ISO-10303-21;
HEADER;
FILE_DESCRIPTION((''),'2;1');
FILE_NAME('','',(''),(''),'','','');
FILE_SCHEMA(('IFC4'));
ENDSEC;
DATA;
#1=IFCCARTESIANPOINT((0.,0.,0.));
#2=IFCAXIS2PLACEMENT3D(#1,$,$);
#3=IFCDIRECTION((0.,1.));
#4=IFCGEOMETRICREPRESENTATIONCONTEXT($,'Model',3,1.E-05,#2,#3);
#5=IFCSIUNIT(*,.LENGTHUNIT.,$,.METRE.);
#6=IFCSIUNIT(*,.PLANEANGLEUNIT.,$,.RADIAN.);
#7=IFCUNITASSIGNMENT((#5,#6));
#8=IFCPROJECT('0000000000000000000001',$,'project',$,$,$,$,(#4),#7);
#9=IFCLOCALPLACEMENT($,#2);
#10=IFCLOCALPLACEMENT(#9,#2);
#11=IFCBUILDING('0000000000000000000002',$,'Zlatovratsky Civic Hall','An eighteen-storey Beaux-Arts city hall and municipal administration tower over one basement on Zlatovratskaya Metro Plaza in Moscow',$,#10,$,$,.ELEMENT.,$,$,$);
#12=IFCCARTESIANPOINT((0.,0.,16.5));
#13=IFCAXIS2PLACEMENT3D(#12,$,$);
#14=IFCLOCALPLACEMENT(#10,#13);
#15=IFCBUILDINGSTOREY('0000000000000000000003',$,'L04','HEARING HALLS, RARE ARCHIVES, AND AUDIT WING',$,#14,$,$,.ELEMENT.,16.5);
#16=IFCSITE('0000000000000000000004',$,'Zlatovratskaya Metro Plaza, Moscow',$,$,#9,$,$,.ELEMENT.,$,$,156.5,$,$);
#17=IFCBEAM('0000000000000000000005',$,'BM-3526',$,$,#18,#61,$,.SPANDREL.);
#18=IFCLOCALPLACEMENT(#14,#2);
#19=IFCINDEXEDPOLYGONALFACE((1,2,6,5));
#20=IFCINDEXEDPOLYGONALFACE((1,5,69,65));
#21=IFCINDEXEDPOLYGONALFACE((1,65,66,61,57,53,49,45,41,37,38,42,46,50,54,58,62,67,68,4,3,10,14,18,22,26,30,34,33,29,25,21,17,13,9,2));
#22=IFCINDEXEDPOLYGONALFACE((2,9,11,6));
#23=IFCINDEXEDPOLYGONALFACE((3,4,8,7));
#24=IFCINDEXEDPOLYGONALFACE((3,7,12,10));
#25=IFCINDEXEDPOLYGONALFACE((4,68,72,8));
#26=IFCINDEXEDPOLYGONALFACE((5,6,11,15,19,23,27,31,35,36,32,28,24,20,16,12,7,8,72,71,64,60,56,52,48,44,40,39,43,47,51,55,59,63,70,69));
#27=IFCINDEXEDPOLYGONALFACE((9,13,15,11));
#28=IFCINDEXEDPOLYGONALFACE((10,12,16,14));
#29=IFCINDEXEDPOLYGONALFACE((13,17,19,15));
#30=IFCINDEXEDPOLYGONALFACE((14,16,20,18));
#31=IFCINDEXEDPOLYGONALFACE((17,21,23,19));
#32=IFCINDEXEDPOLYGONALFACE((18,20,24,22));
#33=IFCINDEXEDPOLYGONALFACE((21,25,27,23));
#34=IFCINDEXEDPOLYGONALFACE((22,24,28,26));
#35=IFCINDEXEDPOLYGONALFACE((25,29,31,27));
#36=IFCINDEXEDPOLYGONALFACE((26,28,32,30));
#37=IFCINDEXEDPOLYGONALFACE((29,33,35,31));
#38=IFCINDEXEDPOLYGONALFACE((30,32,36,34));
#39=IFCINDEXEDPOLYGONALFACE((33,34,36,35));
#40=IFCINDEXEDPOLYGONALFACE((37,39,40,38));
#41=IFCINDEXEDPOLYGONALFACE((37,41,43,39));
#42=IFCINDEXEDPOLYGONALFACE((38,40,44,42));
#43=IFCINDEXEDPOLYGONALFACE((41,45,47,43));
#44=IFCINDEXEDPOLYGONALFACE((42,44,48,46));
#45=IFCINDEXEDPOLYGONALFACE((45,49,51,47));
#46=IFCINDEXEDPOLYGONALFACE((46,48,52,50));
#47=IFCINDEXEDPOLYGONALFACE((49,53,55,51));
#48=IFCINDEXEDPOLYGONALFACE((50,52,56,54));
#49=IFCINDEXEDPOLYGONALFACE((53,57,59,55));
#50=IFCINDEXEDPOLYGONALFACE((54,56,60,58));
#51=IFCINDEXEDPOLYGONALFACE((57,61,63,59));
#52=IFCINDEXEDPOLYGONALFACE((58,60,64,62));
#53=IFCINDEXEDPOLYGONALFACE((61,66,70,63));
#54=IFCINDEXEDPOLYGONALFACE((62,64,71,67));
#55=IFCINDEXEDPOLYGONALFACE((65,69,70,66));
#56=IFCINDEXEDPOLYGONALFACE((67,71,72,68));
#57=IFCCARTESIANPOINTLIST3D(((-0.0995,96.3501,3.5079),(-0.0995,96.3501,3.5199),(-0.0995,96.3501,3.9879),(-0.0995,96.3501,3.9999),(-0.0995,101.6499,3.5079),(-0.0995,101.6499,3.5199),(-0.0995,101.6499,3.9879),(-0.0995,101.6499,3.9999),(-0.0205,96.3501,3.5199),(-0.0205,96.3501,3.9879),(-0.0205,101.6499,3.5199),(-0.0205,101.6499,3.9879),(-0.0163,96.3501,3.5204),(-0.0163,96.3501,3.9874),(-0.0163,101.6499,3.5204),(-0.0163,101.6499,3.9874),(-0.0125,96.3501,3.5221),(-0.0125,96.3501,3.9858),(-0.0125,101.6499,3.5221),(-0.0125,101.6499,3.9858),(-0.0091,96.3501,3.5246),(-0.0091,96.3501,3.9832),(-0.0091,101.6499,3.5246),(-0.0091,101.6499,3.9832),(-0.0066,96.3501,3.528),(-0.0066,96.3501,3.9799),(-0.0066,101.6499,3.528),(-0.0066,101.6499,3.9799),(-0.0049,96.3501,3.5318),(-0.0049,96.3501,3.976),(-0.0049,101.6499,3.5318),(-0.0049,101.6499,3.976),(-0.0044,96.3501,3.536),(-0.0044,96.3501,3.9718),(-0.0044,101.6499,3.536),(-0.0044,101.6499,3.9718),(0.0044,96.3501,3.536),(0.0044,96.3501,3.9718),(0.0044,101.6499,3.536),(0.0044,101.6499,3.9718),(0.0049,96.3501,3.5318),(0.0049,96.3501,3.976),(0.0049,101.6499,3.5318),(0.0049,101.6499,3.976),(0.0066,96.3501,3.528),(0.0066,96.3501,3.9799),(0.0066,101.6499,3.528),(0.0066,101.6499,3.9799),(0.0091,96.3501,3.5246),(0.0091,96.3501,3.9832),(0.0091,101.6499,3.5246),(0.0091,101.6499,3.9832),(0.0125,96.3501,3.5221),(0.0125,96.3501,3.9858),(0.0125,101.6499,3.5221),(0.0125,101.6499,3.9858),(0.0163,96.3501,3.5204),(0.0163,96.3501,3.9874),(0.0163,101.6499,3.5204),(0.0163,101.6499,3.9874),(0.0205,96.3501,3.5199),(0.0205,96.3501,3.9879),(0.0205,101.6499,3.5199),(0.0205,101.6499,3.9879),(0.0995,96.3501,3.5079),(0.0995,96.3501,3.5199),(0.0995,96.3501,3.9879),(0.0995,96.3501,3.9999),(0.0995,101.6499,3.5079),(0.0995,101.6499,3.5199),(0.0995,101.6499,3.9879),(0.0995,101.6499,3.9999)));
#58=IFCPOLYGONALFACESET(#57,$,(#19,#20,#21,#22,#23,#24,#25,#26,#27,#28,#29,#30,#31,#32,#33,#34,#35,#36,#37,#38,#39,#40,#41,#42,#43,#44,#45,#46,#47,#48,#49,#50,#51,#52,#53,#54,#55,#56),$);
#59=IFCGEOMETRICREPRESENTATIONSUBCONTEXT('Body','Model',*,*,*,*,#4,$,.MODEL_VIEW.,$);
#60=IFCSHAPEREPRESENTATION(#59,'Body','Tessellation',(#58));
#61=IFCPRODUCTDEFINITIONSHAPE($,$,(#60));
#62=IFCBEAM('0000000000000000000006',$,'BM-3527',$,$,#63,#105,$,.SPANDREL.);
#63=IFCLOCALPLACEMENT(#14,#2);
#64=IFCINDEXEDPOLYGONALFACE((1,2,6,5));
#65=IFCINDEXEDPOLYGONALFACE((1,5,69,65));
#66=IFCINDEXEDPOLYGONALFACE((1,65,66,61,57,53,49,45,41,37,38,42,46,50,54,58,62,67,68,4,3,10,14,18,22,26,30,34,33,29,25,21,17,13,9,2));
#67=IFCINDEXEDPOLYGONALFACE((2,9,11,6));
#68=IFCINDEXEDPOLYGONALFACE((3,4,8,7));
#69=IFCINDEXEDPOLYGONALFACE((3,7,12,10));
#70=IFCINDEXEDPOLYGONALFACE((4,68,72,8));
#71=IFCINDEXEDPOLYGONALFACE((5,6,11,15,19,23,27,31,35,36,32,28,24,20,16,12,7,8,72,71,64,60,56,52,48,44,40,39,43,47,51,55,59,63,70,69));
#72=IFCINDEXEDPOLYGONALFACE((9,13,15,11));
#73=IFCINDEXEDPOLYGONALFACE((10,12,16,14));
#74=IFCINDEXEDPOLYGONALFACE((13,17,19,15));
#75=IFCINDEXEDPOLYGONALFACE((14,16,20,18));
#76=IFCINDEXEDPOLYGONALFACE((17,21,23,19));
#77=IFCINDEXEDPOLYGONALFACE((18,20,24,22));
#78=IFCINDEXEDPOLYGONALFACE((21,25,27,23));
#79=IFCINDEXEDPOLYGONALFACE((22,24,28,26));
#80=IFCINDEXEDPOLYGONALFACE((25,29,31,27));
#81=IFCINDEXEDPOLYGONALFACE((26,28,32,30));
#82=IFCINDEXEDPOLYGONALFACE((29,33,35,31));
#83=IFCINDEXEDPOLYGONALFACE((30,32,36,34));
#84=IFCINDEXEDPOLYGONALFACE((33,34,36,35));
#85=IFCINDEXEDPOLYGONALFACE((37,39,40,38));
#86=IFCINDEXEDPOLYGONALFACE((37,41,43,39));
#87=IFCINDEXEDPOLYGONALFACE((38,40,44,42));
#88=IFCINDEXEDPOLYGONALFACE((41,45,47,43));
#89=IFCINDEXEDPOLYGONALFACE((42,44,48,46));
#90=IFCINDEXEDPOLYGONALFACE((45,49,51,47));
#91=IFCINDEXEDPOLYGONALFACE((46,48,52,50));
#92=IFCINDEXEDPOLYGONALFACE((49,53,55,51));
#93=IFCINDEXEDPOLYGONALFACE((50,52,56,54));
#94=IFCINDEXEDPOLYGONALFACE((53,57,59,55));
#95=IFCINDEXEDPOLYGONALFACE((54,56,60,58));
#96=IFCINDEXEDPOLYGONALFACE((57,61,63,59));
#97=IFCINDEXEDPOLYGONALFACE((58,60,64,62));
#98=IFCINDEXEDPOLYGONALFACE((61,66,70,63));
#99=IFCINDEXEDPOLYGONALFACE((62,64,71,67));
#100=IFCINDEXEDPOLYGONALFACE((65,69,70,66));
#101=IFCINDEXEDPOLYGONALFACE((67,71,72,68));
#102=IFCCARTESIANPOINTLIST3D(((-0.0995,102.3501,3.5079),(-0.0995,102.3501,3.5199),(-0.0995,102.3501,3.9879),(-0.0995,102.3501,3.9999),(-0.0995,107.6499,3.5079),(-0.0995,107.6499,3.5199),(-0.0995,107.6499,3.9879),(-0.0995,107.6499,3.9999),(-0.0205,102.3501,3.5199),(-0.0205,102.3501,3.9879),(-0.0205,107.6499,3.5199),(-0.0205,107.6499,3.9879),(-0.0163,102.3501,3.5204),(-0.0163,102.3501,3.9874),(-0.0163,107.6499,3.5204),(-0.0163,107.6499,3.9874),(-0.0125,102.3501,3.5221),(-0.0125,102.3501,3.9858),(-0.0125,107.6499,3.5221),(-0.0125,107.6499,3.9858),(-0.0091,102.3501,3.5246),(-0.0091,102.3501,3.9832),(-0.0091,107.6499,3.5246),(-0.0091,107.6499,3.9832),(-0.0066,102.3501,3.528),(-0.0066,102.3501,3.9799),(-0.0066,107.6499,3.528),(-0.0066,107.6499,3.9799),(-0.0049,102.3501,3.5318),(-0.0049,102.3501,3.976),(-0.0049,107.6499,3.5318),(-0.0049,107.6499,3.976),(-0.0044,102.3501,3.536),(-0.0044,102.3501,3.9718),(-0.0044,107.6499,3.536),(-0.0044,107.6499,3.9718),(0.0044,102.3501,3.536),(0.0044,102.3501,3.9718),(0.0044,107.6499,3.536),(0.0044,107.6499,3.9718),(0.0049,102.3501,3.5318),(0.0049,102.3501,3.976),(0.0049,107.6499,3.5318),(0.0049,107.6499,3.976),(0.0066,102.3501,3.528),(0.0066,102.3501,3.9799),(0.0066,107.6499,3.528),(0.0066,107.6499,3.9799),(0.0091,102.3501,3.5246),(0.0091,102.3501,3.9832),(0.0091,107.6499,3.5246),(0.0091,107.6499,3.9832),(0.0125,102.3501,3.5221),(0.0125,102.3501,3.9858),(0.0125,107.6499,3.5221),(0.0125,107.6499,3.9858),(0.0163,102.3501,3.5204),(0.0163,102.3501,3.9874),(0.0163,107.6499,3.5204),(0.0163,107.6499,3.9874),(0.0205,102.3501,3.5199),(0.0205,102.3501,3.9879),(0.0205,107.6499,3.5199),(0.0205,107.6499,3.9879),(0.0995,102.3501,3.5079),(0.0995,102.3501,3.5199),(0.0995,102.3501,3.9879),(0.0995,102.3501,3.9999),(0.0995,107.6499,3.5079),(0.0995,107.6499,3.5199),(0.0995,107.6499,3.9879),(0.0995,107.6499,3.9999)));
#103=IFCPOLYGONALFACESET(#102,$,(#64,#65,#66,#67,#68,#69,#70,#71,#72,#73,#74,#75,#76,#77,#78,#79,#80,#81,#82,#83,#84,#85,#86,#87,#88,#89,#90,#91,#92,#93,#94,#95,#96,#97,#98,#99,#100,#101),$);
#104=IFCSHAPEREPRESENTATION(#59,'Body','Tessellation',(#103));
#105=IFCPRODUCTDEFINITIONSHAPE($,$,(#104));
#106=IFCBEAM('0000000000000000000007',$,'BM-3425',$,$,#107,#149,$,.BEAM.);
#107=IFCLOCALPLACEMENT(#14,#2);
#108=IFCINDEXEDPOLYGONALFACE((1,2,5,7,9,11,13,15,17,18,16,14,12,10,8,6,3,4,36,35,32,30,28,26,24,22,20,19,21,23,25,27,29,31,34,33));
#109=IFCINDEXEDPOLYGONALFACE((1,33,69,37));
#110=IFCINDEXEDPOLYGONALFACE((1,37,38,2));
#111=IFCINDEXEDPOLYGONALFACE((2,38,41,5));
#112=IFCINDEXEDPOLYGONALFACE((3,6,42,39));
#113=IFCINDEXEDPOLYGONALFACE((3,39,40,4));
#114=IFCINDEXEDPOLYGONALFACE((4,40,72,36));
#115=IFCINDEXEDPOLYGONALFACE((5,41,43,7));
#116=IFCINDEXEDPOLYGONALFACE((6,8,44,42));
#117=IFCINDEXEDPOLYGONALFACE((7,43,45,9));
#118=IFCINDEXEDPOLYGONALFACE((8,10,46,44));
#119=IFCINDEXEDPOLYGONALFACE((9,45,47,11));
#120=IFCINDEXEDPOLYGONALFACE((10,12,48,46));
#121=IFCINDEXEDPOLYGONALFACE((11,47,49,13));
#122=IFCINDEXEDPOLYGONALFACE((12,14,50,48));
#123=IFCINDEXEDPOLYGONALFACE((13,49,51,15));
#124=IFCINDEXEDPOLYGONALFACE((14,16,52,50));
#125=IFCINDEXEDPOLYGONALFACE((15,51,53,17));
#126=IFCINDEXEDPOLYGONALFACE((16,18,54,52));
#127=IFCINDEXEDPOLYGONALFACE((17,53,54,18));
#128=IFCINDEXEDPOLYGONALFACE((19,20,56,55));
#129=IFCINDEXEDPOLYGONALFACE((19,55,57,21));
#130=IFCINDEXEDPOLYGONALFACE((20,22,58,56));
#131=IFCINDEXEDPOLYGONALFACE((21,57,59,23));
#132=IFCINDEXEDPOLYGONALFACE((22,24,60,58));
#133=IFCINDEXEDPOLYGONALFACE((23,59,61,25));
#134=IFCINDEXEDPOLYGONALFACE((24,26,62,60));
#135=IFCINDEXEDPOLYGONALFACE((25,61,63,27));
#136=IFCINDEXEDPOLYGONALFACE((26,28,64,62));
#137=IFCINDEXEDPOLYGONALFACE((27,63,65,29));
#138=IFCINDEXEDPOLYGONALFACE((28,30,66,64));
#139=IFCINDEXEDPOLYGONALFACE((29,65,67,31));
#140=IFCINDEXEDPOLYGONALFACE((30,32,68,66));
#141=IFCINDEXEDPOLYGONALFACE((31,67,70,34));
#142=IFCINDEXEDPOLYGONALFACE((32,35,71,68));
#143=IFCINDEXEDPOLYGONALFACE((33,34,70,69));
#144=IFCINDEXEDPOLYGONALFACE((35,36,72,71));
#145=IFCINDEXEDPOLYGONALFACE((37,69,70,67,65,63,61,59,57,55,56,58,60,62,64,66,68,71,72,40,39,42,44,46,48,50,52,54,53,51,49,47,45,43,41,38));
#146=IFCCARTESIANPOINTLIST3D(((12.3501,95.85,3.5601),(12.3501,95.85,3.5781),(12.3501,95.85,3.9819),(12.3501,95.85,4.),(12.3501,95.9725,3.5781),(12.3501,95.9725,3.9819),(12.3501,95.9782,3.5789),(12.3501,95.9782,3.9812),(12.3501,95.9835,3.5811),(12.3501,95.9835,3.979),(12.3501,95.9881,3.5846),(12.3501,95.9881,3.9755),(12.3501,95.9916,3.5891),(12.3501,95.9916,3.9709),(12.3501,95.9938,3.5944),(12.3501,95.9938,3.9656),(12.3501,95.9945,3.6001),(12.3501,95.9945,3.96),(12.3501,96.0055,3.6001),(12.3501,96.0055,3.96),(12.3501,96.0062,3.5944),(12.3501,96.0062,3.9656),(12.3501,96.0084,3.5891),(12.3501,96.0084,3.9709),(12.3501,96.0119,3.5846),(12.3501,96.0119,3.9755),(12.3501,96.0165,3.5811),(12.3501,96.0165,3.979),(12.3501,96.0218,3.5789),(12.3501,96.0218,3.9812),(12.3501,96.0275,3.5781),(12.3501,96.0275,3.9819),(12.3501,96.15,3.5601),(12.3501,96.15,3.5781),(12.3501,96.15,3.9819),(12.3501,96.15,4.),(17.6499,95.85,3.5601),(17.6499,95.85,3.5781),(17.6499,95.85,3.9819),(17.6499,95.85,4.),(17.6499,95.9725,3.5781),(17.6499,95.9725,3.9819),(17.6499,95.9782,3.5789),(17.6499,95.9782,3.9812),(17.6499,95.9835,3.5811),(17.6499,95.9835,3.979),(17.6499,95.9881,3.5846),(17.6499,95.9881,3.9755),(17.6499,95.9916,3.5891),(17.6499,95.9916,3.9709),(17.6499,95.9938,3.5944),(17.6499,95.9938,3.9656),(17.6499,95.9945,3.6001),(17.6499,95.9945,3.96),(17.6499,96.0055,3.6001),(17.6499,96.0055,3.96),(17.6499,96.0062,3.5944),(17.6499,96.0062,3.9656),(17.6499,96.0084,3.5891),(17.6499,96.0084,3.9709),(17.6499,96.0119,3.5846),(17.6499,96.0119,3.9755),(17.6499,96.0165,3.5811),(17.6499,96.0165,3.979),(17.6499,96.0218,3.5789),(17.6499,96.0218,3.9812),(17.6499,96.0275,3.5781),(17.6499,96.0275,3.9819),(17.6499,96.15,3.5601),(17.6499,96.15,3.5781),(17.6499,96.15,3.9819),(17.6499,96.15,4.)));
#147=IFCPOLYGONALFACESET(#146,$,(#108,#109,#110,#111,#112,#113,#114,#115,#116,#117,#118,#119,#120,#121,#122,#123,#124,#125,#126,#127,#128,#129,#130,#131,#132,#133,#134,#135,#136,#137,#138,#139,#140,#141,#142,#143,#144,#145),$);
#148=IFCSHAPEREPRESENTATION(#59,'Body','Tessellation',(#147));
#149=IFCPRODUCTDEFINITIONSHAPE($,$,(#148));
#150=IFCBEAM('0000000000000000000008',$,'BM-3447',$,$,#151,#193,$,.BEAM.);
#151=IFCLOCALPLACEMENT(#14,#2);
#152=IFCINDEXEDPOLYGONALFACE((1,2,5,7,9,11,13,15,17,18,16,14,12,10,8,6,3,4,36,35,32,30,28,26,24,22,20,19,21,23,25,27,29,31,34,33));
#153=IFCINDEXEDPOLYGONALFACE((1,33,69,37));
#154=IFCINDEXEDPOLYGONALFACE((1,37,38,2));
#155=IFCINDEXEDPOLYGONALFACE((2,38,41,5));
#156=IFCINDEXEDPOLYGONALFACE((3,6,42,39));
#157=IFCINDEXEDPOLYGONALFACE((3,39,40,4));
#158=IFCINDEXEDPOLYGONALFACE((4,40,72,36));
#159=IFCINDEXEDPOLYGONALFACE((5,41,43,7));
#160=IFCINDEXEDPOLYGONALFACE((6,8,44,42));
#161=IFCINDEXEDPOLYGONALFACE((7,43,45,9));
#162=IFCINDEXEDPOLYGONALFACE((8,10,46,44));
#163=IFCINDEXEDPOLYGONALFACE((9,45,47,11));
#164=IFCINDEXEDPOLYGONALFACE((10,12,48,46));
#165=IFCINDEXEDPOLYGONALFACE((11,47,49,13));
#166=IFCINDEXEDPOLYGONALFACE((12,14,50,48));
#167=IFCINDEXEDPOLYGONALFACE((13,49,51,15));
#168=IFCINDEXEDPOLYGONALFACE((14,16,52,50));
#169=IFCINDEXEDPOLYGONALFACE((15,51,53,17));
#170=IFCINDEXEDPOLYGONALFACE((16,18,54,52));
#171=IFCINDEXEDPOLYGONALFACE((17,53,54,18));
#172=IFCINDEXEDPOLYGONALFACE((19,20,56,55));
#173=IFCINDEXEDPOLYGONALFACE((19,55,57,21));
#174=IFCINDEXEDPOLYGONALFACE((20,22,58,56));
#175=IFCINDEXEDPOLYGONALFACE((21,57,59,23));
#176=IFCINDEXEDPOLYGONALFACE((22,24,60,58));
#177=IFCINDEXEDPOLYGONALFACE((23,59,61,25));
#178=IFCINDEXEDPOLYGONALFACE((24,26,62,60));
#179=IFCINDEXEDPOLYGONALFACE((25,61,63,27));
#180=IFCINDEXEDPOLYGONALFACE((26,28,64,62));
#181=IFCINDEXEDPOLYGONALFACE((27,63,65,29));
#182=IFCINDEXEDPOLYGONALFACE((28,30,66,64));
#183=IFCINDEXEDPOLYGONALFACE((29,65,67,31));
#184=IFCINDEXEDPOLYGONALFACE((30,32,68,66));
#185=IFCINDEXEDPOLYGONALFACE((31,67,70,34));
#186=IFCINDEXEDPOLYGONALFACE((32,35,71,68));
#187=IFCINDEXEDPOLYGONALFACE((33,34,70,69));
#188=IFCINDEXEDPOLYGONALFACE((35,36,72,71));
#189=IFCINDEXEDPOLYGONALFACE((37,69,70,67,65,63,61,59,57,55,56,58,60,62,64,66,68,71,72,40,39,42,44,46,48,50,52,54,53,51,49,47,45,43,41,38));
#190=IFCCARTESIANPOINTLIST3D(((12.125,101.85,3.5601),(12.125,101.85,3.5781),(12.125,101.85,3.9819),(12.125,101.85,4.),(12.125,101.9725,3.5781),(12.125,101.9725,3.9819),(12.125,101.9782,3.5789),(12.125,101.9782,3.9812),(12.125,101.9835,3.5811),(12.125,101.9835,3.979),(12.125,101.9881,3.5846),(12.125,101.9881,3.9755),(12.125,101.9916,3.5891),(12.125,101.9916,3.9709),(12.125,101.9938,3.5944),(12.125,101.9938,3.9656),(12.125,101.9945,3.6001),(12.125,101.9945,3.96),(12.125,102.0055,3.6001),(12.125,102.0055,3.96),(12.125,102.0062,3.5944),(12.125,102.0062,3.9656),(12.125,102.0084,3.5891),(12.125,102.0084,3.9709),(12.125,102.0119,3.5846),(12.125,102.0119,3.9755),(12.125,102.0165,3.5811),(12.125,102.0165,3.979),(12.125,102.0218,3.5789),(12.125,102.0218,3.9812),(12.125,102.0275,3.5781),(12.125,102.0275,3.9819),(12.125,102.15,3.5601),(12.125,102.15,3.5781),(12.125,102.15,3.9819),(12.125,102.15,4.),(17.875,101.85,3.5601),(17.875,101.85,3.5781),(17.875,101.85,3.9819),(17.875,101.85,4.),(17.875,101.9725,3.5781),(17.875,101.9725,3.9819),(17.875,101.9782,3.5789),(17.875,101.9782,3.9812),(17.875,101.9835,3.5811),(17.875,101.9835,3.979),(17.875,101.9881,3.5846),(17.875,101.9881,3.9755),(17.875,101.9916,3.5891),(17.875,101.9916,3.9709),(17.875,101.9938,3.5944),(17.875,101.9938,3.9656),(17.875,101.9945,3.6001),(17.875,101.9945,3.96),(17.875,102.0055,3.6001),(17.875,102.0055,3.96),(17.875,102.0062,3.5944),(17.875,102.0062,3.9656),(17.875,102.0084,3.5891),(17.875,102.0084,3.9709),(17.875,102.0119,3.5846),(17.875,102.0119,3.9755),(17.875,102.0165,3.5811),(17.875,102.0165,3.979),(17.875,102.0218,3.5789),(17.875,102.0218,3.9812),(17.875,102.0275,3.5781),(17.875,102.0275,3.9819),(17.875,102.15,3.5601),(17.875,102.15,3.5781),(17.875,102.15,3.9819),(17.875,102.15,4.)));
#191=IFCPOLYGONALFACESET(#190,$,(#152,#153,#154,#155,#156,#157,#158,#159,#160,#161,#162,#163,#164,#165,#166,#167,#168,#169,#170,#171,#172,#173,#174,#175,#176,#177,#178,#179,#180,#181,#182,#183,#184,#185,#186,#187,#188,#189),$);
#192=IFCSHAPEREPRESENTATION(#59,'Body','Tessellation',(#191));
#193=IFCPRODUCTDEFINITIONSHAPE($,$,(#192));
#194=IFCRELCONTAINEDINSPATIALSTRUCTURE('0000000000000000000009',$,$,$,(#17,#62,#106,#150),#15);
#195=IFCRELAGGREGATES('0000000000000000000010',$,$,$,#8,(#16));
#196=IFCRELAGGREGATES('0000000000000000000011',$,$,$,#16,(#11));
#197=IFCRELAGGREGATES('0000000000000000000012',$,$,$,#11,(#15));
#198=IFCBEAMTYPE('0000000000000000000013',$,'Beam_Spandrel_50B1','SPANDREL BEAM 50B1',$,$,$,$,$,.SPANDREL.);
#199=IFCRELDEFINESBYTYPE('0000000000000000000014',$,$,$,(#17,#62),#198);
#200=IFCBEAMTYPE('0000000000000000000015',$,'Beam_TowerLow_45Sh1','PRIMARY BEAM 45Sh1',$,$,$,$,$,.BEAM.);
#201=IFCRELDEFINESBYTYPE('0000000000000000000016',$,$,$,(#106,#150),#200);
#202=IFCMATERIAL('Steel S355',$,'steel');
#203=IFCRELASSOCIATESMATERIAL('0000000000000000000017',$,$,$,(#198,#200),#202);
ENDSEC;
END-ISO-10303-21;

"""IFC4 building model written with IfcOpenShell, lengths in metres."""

from ifc_helpers import new_model, si_unit, direction, frame, origin, origin_2d, place, context, subcontext, project, spatial, i_section, extrude, material, material_profile, profile_set, type_object, element, save


model = new_model("IFC4")

# Units and contexts
model_context = context("Model", 3, precision=1e-05, world=origin(), true_north=direction((0.0, 1.0)))
body_context = subcontext(model_context, "Body", "Model", "MODEL_VIEW")
ifc_project = project(units=[si_unit("LENGTHUNIT", "METRE"), si_unit("PLANEANGLEUNIT", "RADIAN")], contexts=[model_context])

# Site, building, storey
site_placement = place(None, origin())
site = spatial("IfcSite", under=ifc_project, at=site_placement, Name="Zlatovratskaya Metro Plaza, Moscow", CompositionType="ELEMENT", RefElevation=156.5)
building_placement = place(site_placement, origin())
building = spatial("IfcBuilding", under=site, at=building_placement, Name="Zlatovratsky Civic Hall", Description="An eighteen-storey Beaux-Arts city hall and municipal administration tower over one basement on Zlatovratskaya Metro Plaza in Moscow", CompositionType="ELEMENT")
storey_placement = place(building_placement, frame((0.0, 0.0, 16.5)))
storey = spatial("IfcBuildingStorey", under=building, at=storey_placement, Name="L04", Description="HEARING HALLS, RARE ARCHIVES, AND AUDIT WING", CompositionType="ELEMENT", Elevation=16.5)

# Shared definitions
ifc_material_1 = material(Name="Steel S355", Category="steel")

# Beams
ifc_material_profile_1 = material_profile(ifc_material_1, i_section(OverallWidth=0.199, OverallDepth=0.4919, WebThickness=0.0088, FlangeThickness=0.012, FilletRadius=0.0161, at=origin_2d()), Name="50B1")
ifc_profile_set_1 = profile_set([ifc_material_profile_1], Name="Steel S355")
beam_type_1 = type_object("IfcBeamType", Name="Beam_Spandrel_50B1", Description="SPANDREL BEAM 50B1", PredefinedType="SPANDREL", material=ifc_profile_set_1)
for number, where, z_axis, x_axis, name in (
    (1, (0.0, 96.3501, 3.7539), (0.0, 1.0, 0.0), (-1.0, 0.0, 0.0), "BM-3526"),
    (2, (0.0, 102.3501, 3.7539), (0.0, 1.0, 0.0), (-1.0, 0.0, 0.0), "BM-3527"),
):
    element("IfcBeam", number, at=place(storey_placement, frame(where, z_axis=z_axis, x_axis=x_axis)), inside=storey, type_object=beam_type_1, Name=name, PredefinedType="SPANDREL", context=body_context, shape_type="SweptSolid", body=[
        extrude(i_section(OverallWidth=0.199, OverallDepth=0.4919, WebThickness=0.0088, FlangeThickness=0.012, FilletRadius=0.0161, at=origin_2d()), origin(), (0.0, 0.0, 1.0), 5.2998),
    ])
ifc_material_profile_2 = material_profile(ifc_material_1, i_section(OverallWidth=0.3, OverallDepth=0.4399, WebThickness=0.011, FlangeThickness=0.0181, FilletRadius=0.022, at=origin_2d()), Name="45Sh1")
ifc_profile_set_2 = profile_set([ifc_material_profile_2], Name="Steel S355")
beam_type_2 = type_object("IfcBeamType", Name="Beam_TowerLow_45Sh1", Description="PRIMARY BEAM 45Sh1", PredefinedType="BEAM", material=ifc_profile_set_2)
beam_1_placement = place(storey_placement, frame((12.3501, 96.0, 3.78), z_axis=(1.0, 0.0, 0.0), x_axis=(0.0, 1.0, 0.0)))
element("IfcBeam", 3, at=beam_1_placement, inside=storey, type_object=beam_type_2, Name="BM-3425", PredefinedType="BEAM", context=body_context, shape_type="SweptSolid", body=[
    extrude(i_section(OverallWidth=0.3, OverallDepth=0.4399, WebThickness=0.011, FlangeThickness=0.0181, FilletRadius=0.022, at=origin_2d()), origin(), (0.0, 0.0, 1.0), 5.2998),
])
beam_2_placement = place(storey_placement, frame((12.125, 102.0, 3.78), z_axis=(1.0, 0.0, 0.0), x_axis=(0.0, 1.0, 0.0)))
element("IfcBeam", 4, at=beam_2_placement, inside=storey, type_object=beam_type_2, Name="BM-3447", PredefinedType="BEAM", context=body_context, shape_type="SweptSolid", body=[
    extrude(i_section(OverallWidth=0.3, OverallDepth=0.4399, WebThickness=0.011, FlangeThickness=0.0181, FilletRadius=0.022, at=origin_2d()), origin(), (0.0, 0.0, 1.0), 5.75),
])

save(model, "model.ifc")
